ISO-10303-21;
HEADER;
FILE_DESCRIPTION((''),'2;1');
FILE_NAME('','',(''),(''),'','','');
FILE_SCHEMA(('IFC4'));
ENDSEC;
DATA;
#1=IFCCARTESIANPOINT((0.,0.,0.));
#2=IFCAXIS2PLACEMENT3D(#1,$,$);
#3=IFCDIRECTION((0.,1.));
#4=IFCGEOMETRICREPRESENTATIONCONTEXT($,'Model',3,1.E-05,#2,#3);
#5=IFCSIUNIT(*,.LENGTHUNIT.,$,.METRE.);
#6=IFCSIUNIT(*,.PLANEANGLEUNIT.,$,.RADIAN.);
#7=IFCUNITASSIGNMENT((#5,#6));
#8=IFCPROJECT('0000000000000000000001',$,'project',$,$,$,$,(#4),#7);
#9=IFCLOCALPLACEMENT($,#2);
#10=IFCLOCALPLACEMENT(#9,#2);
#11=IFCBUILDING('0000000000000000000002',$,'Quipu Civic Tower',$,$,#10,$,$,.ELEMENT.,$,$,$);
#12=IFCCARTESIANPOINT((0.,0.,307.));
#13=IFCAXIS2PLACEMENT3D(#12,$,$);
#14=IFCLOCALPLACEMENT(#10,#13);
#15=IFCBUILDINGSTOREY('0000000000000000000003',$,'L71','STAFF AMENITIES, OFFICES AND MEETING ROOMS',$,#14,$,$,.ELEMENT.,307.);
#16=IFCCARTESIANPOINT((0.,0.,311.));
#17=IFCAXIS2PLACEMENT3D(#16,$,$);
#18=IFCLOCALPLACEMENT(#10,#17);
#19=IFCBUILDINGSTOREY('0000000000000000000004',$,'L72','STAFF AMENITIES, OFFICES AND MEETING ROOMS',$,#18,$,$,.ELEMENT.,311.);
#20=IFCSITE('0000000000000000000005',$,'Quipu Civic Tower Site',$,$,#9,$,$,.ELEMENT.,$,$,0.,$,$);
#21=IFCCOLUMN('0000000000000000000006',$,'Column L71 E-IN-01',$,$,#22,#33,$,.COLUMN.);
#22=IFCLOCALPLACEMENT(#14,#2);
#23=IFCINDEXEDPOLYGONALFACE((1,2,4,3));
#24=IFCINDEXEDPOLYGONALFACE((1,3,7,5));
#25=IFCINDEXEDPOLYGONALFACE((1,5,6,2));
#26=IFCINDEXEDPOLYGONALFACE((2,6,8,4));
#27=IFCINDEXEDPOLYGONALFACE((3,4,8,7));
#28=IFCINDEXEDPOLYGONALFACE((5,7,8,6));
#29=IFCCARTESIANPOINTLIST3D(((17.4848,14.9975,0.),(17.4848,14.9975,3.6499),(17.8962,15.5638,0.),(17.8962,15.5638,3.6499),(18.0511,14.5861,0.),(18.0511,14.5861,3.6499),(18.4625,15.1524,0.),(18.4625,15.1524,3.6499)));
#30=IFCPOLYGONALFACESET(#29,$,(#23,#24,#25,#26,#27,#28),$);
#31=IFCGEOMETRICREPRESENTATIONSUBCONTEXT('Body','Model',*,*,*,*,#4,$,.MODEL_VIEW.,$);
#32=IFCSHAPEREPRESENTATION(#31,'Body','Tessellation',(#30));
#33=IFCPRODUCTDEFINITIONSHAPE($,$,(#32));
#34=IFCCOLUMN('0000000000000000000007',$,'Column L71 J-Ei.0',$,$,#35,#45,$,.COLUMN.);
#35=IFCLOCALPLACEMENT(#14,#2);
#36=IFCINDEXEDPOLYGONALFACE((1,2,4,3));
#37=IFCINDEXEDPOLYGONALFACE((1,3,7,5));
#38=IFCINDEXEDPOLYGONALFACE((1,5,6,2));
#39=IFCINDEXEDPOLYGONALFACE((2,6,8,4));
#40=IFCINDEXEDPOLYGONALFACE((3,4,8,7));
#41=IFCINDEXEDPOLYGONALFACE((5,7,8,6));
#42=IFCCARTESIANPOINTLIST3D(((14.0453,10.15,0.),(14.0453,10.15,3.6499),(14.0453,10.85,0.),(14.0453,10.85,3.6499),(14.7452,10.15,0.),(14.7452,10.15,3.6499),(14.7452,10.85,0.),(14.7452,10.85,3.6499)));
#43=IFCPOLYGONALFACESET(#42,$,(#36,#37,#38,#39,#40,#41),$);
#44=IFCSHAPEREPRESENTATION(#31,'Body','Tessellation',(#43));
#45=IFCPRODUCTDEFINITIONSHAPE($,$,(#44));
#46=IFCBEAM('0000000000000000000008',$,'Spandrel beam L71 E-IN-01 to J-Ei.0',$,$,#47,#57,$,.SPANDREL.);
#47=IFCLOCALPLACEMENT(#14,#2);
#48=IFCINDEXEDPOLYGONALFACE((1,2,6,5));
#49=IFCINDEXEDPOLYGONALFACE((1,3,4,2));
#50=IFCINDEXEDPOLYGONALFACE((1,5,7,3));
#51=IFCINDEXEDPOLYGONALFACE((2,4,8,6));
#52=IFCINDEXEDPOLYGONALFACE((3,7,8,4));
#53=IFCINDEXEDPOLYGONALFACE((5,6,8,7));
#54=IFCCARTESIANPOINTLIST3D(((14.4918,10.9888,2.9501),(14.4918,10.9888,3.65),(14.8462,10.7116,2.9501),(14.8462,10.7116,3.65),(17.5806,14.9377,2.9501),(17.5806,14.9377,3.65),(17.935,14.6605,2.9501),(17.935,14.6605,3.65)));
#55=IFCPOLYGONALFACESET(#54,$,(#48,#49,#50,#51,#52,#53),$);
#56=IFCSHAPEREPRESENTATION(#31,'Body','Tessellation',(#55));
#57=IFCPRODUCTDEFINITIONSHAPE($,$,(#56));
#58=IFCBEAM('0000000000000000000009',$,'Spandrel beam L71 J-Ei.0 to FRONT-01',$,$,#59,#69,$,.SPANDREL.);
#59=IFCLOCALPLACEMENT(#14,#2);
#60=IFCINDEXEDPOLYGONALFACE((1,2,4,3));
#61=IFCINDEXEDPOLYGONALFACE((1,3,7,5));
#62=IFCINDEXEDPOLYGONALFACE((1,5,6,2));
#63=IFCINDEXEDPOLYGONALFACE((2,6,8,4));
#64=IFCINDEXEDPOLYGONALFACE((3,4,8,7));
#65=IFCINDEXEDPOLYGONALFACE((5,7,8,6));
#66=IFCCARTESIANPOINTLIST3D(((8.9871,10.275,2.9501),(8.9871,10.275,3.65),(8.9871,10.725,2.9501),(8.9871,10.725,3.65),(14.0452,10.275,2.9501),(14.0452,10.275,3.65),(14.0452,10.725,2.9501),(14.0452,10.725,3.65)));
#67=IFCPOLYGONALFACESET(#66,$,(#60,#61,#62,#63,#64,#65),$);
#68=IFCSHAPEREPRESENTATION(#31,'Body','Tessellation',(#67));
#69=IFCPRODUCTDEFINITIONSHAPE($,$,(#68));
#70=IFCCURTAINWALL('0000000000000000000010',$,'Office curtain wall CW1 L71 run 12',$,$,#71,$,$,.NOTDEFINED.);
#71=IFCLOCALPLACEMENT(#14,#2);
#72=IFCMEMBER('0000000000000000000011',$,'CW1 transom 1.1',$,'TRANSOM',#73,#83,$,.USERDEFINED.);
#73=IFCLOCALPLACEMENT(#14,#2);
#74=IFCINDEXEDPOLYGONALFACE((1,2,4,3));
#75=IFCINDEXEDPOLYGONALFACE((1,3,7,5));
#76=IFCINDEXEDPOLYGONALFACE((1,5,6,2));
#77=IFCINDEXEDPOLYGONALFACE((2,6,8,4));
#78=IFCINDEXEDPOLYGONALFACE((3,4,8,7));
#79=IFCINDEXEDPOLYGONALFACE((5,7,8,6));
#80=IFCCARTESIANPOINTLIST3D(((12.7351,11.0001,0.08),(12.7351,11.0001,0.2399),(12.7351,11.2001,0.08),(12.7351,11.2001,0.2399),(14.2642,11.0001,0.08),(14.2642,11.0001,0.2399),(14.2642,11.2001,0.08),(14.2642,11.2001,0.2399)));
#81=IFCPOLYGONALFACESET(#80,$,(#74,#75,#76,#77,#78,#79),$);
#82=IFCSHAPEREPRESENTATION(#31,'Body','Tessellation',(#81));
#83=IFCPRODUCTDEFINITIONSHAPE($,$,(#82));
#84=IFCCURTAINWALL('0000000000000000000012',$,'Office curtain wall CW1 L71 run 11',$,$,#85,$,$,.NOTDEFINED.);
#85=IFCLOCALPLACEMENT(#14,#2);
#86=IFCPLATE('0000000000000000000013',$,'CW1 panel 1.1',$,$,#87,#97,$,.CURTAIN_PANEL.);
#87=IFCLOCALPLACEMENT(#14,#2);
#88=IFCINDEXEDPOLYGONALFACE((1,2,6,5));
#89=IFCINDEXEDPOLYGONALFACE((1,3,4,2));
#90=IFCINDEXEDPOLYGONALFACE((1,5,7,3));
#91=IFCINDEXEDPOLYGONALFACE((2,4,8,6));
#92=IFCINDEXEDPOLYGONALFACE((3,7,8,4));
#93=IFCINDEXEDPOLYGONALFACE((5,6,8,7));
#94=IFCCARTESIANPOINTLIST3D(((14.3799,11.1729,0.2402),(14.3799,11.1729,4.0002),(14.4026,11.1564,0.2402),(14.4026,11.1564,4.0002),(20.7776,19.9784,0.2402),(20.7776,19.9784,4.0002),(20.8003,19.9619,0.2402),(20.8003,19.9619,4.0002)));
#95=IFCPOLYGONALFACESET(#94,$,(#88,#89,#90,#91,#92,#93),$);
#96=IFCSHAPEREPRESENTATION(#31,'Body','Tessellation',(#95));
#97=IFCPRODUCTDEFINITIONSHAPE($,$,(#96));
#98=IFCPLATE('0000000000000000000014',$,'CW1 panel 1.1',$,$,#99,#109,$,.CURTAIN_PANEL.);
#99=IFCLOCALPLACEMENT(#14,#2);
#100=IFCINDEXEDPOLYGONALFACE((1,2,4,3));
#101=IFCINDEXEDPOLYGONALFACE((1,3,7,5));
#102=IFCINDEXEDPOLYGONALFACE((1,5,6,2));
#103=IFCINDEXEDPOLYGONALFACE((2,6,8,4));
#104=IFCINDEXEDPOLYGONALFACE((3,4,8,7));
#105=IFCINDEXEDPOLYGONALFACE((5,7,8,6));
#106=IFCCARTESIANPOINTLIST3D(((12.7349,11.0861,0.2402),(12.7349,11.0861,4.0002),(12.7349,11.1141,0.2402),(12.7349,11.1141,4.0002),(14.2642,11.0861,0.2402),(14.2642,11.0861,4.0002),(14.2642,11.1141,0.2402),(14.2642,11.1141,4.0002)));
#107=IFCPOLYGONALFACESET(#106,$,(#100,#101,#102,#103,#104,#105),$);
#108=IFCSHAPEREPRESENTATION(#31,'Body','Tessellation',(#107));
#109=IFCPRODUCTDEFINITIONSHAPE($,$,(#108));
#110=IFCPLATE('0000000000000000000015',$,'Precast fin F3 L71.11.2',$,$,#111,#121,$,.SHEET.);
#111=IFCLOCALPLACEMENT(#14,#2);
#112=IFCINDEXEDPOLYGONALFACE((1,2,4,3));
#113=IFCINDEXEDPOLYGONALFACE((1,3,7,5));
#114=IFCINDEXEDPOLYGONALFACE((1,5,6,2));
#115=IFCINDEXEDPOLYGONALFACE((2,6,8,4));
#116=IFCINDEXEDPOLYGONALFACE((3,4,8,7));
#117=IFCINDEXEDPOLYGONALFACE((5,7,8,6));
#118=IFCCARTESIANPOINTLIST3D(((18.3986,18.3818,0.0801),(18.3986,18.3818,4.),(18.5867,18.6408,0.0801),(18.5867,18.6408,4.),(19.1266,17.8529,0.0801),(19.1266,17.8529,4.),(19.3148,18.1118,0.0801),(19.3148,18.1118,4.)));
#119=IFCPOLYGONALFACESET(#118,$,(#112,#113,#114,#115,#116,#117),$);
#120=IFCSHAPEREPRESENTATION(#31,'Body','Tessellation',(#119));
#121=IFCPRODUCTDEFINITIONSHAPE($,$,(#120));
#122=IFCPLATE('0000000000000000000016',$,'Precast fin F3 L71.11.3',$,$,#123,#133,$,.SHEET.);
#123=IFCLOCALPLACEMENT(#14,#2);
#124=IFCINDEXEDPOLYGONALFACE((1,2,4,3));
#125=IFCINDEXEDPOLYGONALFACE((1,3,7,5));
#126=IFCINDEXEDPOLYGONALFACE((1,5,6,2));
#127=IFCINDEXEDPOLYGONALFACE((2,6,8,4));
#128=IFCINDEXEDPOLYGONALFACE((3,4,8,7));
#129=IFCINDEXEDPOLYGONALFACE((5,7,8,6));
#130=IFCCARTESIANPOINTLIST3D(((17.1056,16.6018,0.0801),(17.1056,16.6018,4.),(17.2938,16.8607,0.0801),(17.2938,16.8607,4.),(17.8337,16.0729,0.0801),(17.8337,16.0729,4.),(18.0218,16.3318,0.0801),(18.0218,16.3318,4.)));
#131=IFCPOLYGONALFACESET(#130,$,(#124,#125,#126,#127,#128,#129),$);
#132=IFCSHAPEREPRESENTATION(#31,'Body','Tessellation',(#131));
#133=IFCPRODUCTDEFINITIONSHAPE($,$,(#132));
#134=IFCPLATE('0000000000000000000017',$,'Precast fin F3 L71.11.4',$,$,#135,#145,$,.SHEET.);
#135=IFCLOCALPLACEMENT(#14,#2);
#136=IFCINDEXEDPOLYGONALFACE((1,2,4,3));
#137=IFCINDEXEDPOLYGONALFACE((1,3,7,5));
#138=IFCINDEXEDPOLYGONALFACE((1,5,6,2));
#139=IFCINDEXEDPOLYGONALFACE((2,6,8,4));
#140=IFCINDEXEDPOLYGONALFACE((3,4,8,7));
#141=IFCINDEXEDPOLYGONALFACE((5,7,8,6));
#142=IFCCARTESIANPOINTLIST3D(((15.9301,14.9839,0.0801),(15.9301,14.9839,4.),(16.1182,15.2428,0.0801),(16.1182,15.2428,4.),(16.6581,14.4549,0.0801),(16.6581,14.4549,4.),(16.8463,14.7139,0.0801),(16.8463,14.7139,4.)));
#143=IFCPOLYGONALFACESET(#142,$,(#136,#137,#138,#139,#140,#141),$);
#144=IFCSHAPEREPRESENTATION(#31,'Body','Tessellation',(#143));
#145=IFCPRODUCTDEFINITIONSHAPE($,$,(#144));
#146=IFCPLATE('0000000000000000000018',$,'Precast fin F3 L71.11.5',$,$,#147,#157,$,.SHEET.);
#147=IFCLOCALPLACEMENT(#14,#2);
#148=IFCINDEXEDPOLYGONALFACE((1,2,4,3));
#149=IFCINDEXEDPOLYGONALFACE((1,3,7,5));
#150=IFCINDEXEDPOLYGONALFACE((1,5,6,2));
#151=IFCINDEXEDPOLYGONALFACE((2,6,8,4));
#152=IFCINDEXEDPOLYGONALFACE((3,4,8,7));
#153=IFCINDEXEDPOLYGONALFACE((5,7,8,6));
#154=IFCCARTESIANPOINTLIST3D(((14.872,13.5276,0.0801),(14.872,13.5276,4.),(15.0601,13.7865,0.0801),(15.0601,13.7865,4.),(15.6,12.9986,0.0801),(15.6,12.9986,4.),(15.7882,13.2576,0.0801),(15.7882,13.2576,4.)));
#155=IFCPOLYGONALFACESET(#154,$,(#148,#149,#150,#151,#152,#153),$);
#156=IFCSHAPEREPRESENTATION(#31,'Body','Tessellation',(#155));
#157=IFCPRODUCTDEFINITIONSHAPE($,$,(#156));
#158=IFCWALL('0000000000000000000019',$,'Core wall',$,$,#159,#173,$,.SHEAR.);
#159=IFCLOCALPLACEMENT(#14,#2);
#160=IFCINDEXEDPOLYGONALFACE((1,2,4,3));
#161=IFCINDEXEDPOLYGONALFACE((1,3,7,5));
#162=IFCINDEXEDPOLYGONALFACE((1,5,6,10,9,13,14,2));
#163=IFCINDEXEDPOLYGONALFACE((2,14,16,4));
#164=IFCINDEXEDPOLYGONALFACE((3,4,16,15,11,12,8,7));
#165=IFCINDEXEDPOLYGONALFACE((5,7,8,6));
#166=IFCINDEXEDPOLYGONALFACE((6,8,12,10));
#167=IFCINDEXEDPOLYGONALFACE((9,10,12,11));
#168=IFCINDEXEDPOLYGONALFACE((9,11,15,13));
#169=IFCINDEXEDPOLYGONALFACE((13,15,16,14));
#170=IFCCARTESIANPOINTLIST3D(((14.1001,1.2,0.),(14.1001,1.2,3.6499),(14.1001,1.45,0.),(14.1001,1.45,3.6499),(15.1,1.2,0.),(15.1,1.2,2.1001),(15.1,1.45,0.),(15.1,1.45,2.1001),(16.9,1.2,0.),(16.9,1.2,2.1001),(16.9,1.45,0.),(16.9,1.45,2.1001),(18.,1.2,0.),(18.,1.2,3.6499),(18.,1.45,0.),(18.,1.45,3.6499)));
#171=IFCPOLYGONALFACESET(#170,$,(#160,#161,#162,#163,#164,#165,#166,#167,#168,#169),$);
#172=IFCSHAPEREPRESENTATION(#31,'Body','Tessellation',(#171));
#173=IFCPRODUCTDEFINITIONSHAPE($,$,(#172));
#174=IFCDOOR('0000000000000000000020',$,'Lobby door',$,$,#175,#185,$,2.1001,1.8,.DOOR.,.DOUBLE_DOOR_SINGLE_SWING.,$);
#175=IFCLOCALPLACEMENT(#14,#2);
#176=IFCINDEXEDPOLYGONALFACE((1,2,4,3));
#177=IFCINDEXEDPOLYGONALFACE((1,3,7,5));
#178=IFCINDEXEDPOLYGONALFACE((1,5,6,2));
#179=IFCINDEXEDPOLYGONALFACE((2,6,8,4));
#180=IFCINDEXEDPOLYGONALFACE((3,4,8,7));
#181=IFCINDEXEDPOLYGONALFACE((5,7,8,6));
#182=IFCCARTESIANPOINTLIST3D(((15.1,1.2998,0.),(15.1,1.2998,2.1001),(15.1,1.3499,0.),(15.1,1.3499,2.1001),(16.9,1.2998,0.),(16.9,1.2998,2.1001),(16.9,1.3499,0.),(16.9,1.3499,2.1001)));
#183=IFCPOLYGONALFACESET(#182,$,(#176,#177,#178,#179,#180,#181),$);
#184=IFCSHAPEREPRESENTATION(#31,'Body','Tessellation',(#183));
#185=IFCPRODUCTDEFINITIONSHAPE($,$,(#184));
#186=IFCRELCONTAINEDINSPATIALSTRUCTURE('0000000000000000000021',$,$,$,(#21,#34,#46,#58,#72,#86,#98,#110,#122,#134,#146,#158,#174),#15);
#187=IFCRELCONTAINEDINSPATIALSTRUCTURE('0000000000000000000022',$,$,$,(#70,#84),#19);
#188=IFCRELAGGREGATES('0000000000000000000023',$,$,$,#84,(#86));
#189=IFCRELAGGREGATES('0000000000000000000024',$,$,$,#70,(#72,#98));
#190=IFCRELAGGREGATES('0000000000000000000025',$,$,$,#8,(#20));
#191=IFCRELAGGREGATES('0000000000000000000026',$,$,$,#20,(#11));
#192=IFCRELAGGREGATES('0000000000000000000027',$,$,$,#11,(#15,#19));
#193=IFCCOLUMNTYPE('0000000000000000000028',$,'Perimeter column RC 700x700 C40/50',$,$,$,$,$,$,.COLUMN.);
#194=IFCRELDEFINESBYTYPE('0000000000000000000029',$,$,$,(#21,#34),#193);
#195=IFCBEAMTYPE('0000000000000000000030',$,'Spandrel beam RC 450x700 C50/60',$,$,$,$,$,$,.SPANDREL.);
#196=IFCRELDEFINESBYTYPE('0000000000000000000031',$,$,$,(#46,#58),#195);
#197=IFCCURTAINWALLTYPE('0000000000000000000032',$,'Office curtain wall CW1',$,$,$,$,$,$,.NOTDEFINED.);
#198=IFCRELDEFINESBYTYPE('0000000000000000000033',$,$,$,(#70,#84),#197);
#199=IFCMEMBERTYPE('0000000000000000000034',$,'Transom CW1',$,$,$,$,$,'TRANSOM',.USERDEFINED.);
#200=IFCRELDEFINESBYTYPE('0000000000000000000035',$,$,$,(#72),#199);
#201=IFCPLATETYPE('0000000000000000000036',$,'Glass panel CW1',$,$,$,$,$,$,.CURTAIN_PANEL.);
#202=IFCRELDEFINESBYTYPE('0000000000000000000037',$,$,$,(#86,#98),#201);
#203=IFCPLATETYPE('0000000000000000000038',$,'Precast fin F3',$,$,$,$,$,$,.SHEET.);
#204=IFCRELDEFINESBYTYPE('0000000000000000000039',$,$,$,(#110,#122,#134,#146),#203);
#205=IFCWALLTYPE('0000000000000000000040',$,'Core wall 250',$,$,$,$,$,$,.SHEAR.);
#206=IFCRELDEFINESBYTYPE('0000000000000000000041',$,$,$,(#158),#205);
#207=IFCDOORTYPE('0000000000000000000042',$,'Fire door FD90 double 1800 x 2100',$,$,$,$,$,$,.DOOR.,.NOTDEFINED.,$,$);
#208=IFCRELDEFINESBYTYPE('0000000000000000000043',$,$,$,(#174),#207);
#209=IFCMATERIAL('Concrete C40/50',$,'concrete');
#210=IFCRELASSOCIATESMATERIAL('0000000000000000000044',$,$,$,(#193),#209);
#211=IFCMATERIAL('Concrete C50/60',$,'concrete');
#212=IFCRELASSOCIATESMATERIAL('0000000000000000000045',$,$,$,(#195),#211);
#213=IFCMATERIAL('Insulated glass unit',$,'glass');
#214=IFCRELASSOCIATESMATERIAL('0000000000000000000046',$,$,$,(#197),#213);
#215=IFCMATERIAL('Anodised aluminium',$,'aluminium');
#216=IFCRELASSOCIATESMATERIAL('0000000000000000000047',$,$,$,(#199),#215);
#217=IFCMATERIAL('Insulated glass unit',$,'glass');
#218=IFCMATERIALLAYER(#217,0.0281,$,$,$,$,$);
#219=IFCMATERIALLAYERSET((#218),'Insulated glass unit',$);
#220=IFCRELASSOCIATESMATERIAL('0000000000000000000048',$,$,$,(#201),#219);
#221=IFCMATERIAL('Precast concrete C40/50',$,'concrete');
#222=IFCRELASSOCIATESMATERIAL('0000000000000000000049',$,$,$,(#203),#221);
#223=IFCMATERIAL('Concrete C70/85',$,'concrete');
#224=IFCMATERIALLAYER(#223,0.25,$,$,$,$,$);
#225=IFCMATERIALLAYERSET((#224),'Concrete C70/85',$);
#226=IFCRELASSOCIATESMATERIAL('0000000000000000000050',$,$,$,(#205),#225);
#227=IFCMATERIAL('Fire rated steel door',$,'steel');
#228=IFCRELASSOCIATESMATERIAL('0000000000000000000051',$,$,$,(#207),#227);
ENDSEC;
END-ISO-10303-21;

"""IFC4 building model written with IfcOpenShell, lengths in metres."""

from ifc_helpers import new_model, si_unit, direction, frame, frame_2d, origin, origin_2d, place, context, subcontext, project, spatial, rectangle, extrude, material, layer, layer_set, material_profile, profile_set, type_object, element, fill, aggregate, save


model = new_model("IFC4")

# Units and contexts
model_context = context("Model", 3, precision=1e-05, world=origin(), true_north=direction((0.0, 1.0)))
body_context = subcontext(model_context, "Body", "Model", "MODEL_VIEW")
ifc_project = project(units=[si_unit("LENGTHUNIT", "METRE"), si_unit("PLANEANGLEUNIT", "RADIAN")], contexts=[model_context])

# Site, building, storey
site_placement = place(None, origin())
site = spatial("IfcSite", under=ifc_project, at=site_placement, Name="Quipu Civic Tower Site", CompositionType="ELEMENT", RefElevation=0.0)
building_placement = place(site_placement, origin())
building = spatial("IfcBuilding", under=site, at=building_placement, Name="Quipu Civic Tower", CompositionType="ELEMENT")
storey_1_placement = place(building_placement, frame((0.0, 0.0, 307.0)))
storey_1 = spatial("IfcBuildingStorey", under=building, at=storey_1_placement, Name="L71", Description="STAFF AMENITIES, OFFICES AND MEETING ROOMS", CompositionType="ELEMENT", Elevation=307.0)

# Columns
ifc_material_1 = material(Name="Concrete C40/50", Category="concrete")
ifc_material_profile_1 = material_profile(ifc_material_1, rectangle(XDim=0.7, YDim=0.7, at=origin_2d()), Name="RC700x700")
ifc_profile_set_1 = profile_set([ifc_material_profile_1], Name="Concrete C40/50")
column_type = type_object("IfcColumnType", Name="Perimeter column RC 700x700 C40/50", PredefinedType="COLUMN", material=ifc_profile_set_1)
for number, where, z_axis, x_axis, name in (
    (1, (17.9736, 15.075, 0.0), (0.0, 0.0, 1.0), (-0.587785, -0.809017, 0.0), "Column L71 E-IN-01"),
    (2, (14.3953, 10.5, 0.0), (0.0, 0.0, 1.0), (-1.0, 0.0, 0.0), "Column L71 J-Ei.0"),
):
    element("IfcColumn", number, at=place(storey_1_placement, frame(where, z_axis=z_axis, x_axis=x_axis)), inside=storey_1, type_object=column_type, Name=name, PredefinedType="COLUMN", context=body_context, shape_type="SweptSolid", body=[
        extrude(rectangle(XDim=0.7, YDim=0.7, at=origin_2d()), origin(), (0.0, 0.0, 1.0), 3.6499),
    ])

# Beams
ifc_material_2 = material(Name="Concrete C50/60", Category="concrete")
ifc_material_profile_2 = material_profile(ifc_material_2, rectangle(XDim=0.45, YDim=0.7, at=origin_2d()), Name="RC450x700")
ifc_profile_set_2 = profile_set([ifc_material_profile_2], Name="Concrete C50/60")
beam_type = type_object("IfcBeamType", Name="Spandrel beam RC 450x700 C50/60", PredefinedType="SPANDREL", material=ifc_profile_set_2)
beam_1_placement = place(storey_1_placement, frame((17.7578, 14.7991, 3.3), z_axis=(-0.616106, -0.787663, 0.0), x_axis=(0.787663, -0.616106, 0.0)))
element("IfcBeam", 3, at=beam_1_placement, inside=storey_1, type_object=beam_type, Name="Spandrel beam L71 E-IN-01 to J-Ei.0", PredefinedType="SPANDREL", context=body_context, shape_type="SweptSolid", body=[
    extrude(rectangle(XDim=0.45, YDim=0.7, at=origin_2d()), origin(), (0.0, 0.0, 1.0), 5.0134),
])
beam_2_placement = place(storey_1_placement, frame((14.0452, 10.5, 3.3), z_axis=(-1.0, 0.0, 0.0), x_axis=(0.0, -1.0, 0.0)))
element("IfcBeam", 4, at=beam_2_placement, inside=storey_1, type_object=beam_type, Name="Spandrel beam L71 J-Ei.0 to FRONT-01", PredefinedType="SPANDREL", context=body_context, shape_type="SweptSolid", body=[
    extrude(rectangle(XDim=0.45, YDim=0.7, at=origin_2d()), origin(), (0.0, 0.0, 1.0), 5.0581),
])

# Shared definitions
storey_2_placement = place(building_placement, frame((0.0, 0.0, 311.0)))
storey_2 = spatial("IfcBuildingStorey", under=building, at=storey_2_placement, Name="L72", Description="STAFF AMENITIES, OFFICES AND MEETING ROOMS", CompositionType="ELEMENT", Elevation=311.0)

# Curtain wall, member
ifc_material_3 = material(Name="Insulated glass unit", Category="glass")
curtain_wall_type = type_object("IfcCurtainWallType", Name="Office curtain wall CW1", PredefinedType="NOTDEFINED", material=ifc_material_3)
curtain_wall_1_placement = place(storey_2_placement, origin())
curtain_wall_1 = element("IfcCurtainWall", 5, at=curtain_wall_1_placement, inside=storey_2, type_object=curtain_wall_type, Name="Office curtain wall CW1 L71 run 12", PredefinedType="NOTDEFINED")
ifc_material_4 = material(Name="Anodised aluminium", Category="aluminium")
ifc_material_profile_3 = material_profile(ifc_material_4, rectangle(XDim=0.2, YDim=0.1599, at=origin_2d()), Name="RECT 200x160")
ifc_profile_set_3 = profile_set([ifc_material_profile_3], Name="Anodised aluminium")
member_type = type_object("IfcMemberType", Name="Transom CW1", ElementType="TRANSOM", PredefinedType="USERDEFINED", material=ifc_profile_set_3)
member_placement = place(storey_1_placement, frame((14.2642, 11.1001, 0.1599), z_axis=(-1.0, 0.0, 0.0), x_axis=(0.0, -1.0, 0.0)))
member = element("IfcMember", 6, at=member_placement, inside=storey_1, type_object=member_type, Name="CW1 transom 1.1", ObjectType="TRANSOM", PredefinedType="USERDEFINED", context=body_context, shape_type="SweptSolid", body=[
    extrude(rectangle(XDim=0.2, YDim=0.1599, at=origin_2d()), origin(), (0.0, 0.0, 1.0), 1.5291),
])

# Curtain wall, plate
curtain_wall_2_placement = place(storey_2_placement, origin())
curtain_wall_2 = element("IfcCurtainWall", 7, at=curtain_wall_2_placement, inside=storey_2, type_object=curtain_wall_type, Name="Office curtain wall CW1 L71 run 11", PredefinedType="NOTDEFINED")
ifc_material_5 = material(Name="Insulated glass unit", Category="glass")
ifc_layer_1 = layer(ifc_material_5, 0.0281)
ifc_layer_set_1 = layer_set([ifc_layer_1], Name="Insulated glass unit")
plate_type_1 = type_object("IfcPlateType", Name="Glass panel CW1", PredefinedType="CURTAIN_PANEL", material=ifc_layer_set_1)
plate_1_placement = place(storey_1_placement, frame((17.5901, 15.5674, 0.2402), z_axis=(0.0, 0.0, 1.0), x_axis=(-0.587788, -0.809015, 0.0)))
plate_1 = element("IfcPlate", 8, at=plate_1_placement, inside=storey_1, type_object=plate_type_1, Name="CW1 panel 1.1", PredefinedType="CURTAIN_PANEL", context=body_context, shape_type="SweptSolid", body=[
    extrude(rectangle(XDim=10.8843, YDim=0.0281, at=origin_2d()), origin(), (0.0, 0.0, 1.0), 3.76),
])
aggregate(curtain_wall_2, [plate_1])

# Plate
plate_2_placement = place(storey_1_placement, frame((13.4995, 11.1001, 0.2402), z_axis=(0.0, 0.0, 1.0), x_axis=(-1.0, 0.0, 0.0)))
plate_2 = element("IfcPlate", 9, at=plate_2_placement, inside=storey_1, type_object=plate_type_1, Name="CW1 panel 1.1", PredefinedType="CURTAIN_PANEL", context=body_context, shape_type="SweptSolid", body=[
    extrude(rectangle(XDim=1.5293, YDim=0.0281, at=origin_2d()), origin(), (0.0, 0.0, 1.0), 3.76),
])
aggregate(curtain_wall_1, [member, plate_2])

# Plates
ifc_material_6 = material(Name="Precast concrete C40/50", Category="concrete")
plate_type_2 = type_object("IfcPlateType", Name="Precast fin F3", PredefinedType="SHEET", material=ifc_material_6)
for number, where, z_axis, x_axis, name in (
    (10, (18.8567, 18.2468, 0.0801), (0.0, 0.0, 1.0), (-0.587784, -0.809018, 0.0), "Precast fin F3 L71.11.2"),
    (11, (17.5637, 16.4668, 0.0801), (0.0, 0.0, 1.0), (-0.587784, -0.809018, 0.0), "Precast fin F3 L71.11.3"),
    (12, (16.3882, 14.8489, 0.0801), (0.0, 0.0, 1.0), (-0.587784, -0.809018, 0.0), "Precast fin F3 L71.11.4"),
    (13, (15.3301, 13.3926, 0.0801), (0.0, 0.0, 1.0), (-0.587784, -0.809018, 0.0), "Precast fin F3 L71.11.5"),
):
    element("IfcPlate", number, at=place(storey_1_placement, frame(where, z_axis=z_axis, x_axis=x_axis)), inside=storey_1, type_object=plate_type_2, Name=name, PredefinedType="SHEET", context=body_context, shape_type="SweptSolid", body=[
        extrude(rectangle(XDim=0.3201, YDim=0.8999, at=origin_2d()), origin(), (0.0, 0.0, 1.0), 3.9199),
    ])

# Wall, opening, door
ifc_material_7 = material(Name="Concrete C70/85", Category="concrete")
ifc_layer_2 = layer(ifc_material_7, 0.25)
ifc_layer_set_2 = layer_set([ifc_layer_2], Name="Concrete C70/85")
wall_type_1 = type_object("IfcWallType", Name="Core wall 250", PredefinedType="SHEAR", material=ifc_layer_set_2)
wall_1_placement = place(storey_1_placement, frame((14.1001, 1.325, 0.0), z_axis=(0.0, 0.0, 1.0), x_axis=(1.0, 0.0, 0.0)))
wall_1 = element("IfcWall", 14, at=wall_1_placement, inside=storey_1, type_object=wall_type_1, Name="Core wall", PredefinedType="SHEAR", context=body_context, shape_type="SweptSolid", body=[
    extrude(rectangle(XDim=3.8999, YDim=0.25, at=frame_2d((1.95, 0.0))), origin(), (0.0, 0.0, 1.0), 3.6499),
])
opening_1_placement = place(wall_1_placement, frame((1.0, 0.0, 0.0)))
opening_1 = element("IfcOpeningElement", 15, at=opening_1_placement, cuts=wall_1, PredefinedType="OPENING", context=body_context, shape_type="SweptSolid", body=[
    extrude(rectangle(XDim=1.8, YDim=2.1001, at=frame_2d((0.8999, 1.05))), frame((0.0, 0.135, 0.0), z_axis=(0.0, -1.0, 0.0), x_axis=(1.0, 0.0, 0.0)), (0.0, 0.0, 1.0), 0.27),
])
ifc_material_8 = material(Name="Fire rated steel door", Category="steel")
door_type = type_object("IfcDoorType", Name="Fire door FD90 double 1800 x 2100", OperationType="NOTDEFINED", PredefinedType="DOOR", material=ifc_material_8)
door_placement = place(opening_1_placement, origin())
door = element("IfcDoor", 16, at=door_placement, inside=storey_1, type_object=door_type, Name="Lobby door", OperationType="DOUBLE_DOOR_SINGLE_SWING", OverallHeight=2.1001, OverallWidth=1.8, PredefinedType="DOOR", context=body_context, shape_type="SweptSolid", body=[
    extrude(rectangle(XDim=1.8, YDim=2.1001, at=frame_2d((0.8999, 1.05))), frame((0.0, 0.0249, 0.0), z_axis=(0.0, -1.0, 0.0), x_axis=(1.0, 0.0, 0.0)), (0.0, 0.0, 1.0), 0.05),
])
fill(opening_1, door)

save(model, "model.ifc")
